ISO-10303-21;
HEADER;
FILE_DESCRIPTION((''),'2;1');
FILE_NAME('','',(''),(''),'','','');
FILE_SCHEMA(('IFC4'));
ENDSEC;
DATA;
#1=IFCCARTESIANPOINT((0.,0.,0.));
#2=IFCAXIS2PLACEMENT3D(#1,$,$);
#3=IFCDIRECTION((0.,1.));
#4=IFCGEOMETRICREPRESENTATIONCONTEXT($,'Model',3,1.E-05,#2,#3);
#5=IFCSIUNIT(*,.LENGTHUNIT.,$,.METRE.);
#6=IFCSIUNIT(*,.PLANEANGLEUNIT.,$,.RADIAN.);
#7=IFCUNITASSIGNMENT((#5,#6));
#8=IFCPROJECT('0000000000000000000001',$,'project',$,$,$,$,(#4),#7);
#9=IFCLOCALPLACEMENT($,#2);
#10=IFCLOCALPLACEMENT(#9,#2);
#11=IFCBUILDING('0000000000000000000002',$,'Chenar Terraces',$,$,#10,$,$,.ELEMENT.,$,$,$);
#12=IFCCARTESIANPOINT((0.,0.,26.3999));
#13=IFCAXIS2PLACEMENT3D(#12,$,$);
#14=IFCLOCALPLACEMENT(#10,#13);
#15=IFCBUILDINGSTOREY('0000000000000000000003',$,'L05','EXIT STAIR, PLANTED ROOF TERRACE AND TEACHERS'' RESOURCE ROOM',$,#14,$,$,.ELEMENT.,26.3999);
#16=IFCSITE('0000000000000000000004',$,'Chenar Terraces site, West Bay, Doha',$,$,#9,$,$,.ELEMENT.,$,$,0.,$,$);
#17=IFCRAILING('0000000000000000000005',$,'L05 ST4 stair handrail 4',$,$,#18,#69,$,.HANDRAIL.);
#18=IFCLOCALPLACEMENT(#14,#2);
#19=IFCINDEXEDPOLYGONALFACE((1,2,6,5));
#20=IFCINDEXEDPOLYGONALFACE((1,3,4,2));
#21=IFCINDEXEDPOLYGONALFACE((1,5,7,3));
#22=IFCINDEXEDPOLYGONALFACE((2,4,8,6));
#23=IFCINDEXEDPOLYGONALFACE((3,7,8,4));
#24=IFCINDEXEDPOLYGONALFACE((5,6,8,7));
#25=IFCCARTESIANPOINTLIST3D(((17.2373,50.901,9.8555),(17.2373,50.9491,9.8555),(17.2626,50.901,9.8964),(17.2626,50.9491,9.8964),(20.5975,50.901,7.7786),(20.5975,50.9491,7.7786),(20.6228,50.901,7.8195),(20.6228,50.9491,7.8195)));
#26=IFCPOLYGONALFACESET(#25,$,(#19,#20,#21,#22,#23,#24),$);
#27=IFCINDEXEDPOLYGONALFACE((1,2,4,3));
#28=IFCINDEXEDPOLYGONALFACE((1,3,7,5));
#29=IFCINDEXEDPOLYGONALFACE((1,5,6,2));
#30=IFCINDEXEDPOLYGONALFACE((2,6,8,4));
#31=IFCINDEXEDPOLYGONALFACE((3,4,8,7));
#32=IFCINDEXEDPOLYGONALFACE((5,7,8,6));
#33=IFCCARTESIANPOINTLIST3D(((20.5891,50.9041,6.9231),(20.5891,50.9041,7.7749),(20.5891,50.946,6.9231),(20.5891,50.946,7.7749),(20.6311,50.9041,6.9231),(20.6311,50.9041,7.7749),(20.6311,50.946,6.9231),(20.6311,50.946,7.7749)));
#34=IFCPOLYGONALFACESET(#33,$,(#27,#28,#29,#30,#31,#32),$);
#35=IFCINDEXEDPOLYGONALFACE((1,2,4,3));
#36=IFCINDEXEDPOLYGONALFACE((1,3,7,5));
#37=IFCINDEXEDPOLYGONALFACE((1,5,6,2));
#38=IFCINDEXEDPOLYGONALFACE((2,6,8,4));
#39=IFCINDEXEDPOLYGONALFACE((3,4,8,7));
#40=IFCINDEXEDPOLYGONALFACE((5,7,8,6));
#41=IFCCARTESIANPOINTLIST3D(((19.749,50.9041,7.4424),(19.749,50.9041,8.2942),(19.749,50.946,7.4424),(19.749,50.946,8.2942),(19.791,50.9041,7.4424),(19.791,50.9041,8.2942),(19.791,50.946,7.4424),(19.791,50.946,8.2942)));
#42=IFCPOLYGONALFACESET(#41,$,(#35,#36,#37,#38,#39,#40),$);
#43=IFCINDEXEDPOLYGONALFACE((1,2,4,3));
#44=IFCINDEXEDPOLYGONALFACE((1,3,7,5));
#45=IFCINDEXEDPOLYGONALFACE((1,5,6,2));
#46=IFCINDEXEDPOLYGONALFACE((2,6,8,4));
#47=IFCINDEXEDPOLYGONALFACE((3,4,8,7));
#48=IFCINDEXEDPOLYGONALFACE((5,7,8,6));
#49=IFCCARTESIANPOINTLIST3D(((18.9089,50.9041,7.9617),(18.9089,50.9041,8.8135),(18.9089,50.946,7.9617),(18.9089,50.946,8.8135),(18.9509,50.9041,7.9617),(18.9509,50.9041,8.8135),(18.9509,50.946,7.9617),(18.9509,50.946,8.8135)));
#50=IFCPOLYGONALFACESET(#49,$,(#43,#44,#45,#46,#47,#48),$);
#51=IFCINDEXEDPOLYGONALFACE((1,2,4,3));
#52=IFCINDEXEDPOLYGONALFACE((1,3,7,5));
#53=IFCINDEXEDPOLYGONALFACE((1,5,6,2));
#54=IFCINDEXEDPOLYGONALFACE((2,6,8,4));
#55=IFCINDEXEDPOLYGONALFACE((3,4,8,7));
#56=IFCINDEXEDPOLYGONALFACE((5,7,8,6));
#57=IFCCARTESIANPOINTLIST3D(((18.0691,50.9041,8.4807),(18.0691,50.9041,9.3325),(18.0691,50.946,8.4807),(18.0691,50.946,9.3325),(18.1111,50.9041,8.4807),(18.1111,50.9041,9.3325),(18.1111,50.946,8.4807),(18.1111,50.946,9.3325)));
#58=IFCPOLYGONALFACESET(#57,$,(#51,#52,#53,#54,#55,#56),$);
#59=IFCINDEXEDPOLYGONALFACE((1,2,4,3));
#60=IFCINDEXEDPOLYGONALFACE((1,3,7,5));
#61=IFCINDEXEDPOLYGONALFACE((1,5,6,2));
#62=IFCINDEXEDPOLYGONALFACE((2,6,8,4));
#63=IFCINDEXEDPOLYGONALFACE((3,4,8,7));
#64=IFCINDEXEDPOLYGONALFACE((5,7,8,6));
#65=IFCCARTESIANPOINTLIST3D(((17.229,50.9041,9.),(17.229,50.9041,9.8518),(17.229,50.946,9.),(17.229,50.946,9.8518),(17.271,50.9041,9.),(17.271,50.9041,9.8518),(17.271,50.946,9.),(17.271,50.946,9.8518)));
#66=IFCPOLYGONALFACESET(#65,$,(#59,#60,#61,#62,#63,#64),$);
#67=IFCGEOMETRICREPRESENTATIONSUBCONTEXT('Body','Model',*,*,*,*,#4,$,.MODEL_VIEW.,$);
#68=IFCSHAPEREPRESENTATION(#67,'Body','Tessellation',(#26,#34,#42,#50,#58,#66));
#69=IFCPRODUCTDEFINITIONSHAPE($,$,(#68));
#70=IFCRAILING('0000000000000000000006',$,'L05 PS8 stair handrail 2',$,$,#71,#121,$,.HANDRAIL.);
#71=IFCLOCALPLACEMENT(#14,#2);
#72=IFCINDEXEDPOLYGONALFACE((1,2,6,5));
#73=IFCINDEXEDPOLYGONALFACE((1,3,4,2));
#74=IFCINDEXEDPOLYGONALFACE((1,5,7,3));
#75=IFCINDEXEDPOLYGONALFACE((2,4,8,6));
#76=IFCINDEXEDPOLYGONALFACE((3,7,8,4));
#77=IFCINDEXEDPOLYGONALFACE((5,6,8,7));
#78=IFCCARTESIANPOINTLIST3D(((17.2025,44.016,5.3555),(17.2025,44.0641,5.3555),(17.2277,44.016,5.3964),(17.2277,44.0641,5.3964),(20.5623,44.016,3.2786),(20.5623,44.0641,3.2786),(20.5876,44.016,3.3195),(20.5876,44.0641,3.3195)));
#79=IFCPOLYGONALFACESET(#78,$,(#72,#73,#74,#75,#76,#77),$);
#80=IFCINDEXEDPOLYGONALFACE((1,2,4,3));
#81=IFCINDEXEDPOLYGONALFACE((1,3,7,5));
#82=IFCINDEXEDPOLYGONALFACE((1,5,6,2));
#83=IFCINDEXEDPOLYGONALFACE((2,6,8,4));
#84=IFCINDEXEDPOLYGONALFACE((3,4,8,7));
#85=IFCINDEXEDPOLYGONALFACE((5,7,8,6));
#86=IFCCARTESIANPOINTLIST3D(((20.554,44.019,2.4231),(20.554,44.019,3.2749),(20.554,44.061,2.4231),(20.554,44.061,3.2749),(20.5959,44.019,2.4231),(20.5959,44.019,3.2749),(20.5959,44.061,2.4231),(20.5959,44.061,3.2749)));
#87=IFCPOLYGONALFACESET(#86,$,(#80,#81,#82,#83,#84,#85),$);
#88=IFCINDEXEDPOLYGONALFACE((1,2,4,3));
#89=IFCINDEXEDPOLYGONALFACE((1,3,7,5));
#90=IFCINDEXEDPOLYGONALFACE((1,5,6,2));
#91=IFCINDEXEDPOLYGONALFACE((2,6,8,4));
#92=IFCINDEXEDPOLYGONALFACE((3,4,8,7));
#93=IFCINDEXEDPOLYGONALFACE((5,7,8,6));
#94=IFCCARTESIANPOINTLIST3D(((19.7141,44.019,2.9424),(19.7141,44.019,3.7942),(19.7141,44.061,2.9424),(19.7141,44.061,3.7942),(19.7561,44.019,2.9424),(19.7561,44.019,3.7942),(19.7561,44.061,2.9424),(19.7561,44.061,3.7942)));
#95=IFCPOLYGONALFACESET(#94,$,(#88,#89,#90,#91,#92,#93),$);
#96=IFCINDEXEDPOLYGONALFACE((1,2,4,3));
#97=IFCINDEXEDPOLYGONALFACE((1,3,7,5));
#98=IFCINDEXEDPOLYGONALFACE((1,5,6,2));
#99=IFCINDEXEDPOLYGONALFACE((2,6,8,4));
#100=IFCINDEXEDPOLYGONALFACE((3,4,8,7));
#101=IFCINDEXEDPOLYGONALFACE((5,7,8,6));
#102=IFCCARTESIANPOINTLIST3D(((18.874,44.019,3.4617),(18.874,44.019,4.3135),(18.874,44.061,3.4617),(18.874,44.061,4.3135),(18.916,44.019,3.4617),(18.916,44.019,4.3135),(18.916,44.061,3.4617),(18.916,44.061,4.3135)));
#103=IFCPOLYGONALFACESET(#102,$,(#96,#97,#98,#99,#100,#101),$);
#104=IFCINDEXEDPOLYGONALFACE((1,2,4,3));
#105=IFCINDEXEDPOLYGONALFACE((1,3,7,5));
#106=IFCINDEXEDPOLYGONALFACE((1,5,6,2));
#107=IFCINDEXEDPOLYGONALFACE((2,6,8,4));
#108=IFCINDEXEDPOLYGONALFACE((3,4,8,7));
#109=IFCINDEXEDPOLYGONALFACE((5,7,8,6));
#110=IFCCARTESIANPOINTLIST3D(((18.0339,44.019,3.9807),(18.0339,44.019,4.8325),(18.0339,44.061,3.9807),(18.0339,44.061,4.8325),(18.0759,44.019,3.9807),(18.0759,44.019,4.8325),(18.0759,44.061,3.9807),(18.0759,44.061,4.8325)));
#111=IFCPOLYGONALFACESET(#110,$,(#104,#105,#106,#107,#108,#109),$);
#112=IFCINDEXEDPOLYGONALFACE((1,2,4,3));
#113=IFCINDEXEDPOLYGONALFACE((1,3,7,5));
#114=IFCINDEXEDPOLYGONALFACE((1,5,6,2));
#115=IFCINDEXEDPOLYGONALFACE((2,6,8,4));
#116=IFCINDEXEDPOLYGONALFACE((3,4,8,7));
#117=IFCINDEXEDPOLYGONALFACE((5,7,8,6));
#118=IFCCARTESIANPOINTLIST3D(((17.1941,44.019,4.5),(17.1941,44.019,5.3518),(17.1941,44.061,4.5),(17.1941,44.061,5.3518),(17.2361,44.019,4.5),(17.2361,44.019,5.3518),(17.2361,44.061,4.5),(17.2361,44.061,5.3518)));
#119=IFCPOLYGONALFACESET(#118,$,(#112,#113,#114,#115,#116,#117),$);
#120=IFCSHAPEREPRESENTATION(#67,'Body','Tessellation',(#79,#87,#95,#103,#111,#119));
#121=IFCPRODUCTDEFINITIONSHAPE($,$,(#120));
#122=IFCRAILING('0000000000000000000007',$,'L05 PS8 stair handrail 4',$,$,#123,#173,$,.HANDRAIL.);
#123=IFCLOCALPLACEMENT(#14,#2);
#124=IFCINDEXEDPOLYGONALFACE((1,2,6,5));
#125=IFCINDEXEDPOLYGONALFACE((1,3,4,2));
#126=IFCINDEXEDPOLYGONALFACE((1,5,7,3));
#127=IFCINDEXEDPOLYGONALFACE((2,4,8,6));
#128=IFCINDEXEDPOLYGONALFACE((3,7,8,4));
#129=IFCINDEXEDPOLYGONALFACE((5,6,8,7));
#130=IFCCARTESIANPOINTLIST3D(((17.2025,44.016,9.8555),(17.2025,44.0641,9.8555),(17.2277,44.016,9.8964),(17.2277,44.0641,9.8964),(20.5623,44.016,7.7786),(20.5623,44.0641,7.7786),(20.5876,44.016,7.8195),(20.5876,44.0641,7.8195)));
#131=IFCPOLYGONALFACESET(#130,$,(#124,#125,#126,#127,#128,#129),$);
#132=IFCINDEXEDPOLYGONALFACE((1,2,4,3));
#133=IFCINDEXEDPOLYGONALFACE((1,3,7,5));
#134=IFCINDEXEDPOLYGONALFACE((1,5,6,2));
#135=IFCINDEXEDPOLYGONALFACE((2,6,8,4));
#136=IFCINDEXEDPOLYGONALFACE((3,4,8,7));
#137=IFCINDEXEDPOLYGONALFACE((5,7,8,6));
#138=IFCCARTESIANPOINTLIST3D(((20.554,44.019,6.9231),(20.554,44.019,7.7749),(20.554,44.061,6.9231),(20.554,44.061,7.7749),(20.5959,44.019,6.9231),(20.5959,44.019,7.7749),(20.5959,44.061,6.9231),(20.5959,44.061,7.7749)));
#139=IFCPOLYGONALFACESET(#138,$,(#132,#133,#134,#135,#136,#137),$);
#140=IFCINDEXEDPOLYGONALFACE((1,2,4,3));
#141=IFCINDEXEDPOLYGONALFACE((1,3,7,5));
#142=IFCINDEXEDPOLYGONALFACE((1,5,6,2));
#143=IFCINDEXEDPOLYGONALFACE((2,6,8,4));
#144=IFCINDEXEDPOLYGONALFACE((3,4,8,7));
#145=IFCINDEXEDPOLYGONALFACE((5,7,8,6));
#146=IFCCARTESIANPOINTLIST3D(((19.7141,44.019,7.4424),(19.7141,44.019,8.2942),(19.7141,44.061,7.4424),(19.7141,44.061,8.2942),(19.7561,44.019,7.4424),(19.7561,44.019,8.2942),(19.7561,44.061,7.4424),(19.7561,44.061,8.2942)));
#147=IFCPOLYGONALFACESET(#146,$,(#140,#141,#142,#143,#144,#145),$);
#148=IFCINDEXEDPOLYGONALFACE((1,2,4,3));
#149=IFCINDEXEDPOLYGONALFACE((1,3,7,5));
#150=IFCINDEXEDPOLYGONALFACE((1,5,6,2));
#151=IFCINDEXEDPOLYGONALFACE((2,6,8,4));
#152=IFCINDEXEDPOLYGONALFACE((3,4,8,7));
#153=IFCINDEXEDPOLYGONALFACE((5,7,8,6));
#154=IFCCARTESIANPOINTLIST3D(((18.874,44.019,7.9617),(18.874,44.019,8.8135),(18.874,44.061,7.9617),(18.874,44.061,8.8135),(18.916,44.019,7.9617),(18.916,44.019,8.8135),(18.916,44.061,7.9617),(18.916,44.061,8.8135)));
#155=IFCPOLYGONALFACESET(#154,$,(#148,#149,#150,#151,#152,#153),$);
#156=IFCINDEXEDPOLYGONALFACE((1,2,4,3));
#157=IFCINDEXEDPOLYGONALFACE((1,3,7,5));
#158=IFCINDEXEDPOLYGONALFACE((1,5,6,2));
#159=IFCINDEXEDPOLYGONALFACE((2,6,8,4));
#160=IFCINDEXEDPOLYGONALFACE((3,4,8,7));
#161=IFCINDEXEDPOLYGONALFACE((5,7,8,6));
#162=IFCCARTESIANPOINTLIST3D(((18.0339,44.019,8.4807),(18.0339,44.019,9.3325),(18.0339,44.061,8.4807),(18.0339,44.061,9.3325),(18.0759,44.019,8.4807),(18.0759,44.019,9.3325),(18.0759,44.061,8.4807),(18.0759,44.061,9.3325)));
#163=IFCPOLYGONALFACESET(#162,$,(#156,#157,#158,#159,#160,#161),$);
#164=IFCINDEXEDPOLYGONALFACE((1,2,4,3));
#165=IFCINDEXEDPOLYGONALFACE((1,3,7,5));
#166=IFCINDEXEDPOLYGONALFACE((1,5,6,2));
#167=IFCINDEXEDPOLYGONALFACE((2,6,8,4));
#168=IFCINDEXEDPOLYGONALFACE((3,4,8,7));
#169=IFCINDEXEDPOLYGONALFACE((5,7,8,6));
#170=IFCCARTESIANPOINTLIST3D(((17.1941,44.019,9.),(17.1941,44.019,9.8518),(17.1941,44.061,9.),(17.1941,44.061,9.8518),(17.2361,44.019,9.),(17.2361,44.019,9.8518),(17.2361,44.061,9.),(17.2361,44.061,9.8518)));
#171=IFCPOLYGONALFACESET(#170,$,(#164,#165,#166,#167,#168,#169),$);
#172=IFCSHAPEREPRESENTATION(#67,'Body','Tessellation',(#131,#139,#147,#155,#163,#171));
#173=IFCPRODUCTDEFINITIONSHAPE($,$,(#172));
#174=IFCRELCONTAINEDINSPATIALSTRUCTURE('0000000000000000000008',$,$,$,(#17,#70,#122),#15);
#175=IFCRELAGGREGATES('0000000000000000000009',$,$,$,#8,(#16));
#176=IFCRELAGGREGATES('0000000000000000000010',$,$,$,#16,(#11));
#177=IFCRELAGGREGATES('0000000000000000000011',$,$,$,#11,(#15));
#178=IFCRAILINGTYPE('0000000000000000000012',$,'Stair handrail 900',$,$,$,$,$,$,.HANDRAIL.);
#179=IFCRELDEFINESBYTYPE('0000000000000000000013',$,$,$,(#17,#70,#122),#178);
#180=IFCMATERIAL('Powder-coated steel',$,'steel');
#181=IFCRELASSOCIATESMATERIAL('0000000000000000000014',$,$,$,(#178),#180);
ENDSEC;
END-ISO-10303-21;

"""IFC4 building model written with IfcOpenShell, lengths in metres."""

from ifc_helpers import new_model, si_unit, direction, frame, origin, origin_2d, place, context, subcontext, project, spatial, rectangle, extrude, material, type_object, element, save


model = new_model("IFC4")

# Units and contexts
model_context = context("Model", 3, precision=1e-05, world=origin(), true_north=direction((0.0, 1.0)))
body_context = subcontext(model_context, "Body", "Model", "MODEL_VIEW")
ifc_project = project(units=[si_unit("LENGTHUNIT", "METRE"), si_unit("PLANEANGLEUNIT", "RADIAN")], contexts=[model_context])

# Site, building, storey
site_placement = place(None, origin())
site = spatial("IfcSite", under=ifc_project, at=site_placement, Name="Chenar Terraces site, West Bay, Doha", CompositionType="ELEMENT", RefElevation=0.0)
building_placement = place(site_placement, origin())
building = spatial("IfcBuilding", under=site, at=building_placement, Name="Chenar Terraces", CompositionType="ELEMENT")
storey_placement = place(building_placement, frame((0.0, 0.0, 26.3999)))
storey = spatial("IfcBuildingStorey", under=building, at=storey_placement, Name="L05", Description="EXIT STAIR, PLANTED ROOF TERRACE AND TEACHERS' RESOURCE ROOM", CompositionType="ELEMENT", Elevation=26.3999)

# Railings
ifc_material_1 = material(Name="Powder-coated steel", Category="steel")
railing_type_1 = type_object("IfcRailingType", Name="Stair handrail 900", PredefinedType="HANDRAIL", material=ifc_material_1)
railing_1_placement = place(storey_placement, frame((20.6101, 50.925, 6.9231)))
element("IfcRailing", 1, at=railing_1_placement, inside=storey, type_object=railing_type_1, Name="L05 ST4 stair handrail 4", PredefinedType="HANDRAIL", context=body_context, shape_type="SweptSolid", body=[
    extrude(rectangle(XDim=0.0481, YDim=0.0481, at=origin_2d()), frame((0.0, 0.0, 0.876), z_axis=(-0.850623, 0.0, 0.525776), x_axis=(0.0, -1.0, 0.0)), (0.0, 0.0, 1.0), 3.9502),
    extrude(rectangle(XDim=0.042, YDim=0.042, at=origin_2d()), origin(), (0.0, 0.0, 1.0), 0.8518),
    extrude(rectangle(XDim=0.042, YDim=0.042, at=origin_2d()), frame((-0.8401, 0.0, 0.5193)), (0.0, 0.0, 1.0), 0.8518),
    extrude(rectangle(XDim=0.042, YDim=0.042, at=origin_2d()), frame((-1.6802, 0.0, 1.0386)), (0.0, 0.0, 1.0), 0.8518),
    extrude(rectangle(XDim=0.042, YDim=0.042, at=origin_2d()), frame((-2.52, 0.0, 1.5576)), (0.0, 0.0, 1.0), 0.8518),
    extrude(rectangle(XDim=0.042, YDim=0.042, at=origin_2d()), frame((-3.3601, 0.0, 2.0769)), (0.0, 0.0, 1.0), 0.8518),
])
for number, where, name in (
    (2, (20.575, 44.04, 2.4231), "L05 PS8 stair handrail 2"),
    (3, (20.575, 44.04, 6.9231), "L05 PS8 stair handrail 4"),
):
    element("IfcRailing", number, at=place(storey_placement, frame(where)), inside=storey, type_object=railing_type_1, Name=name, PredefinedType="HANDRAIL", context=body_context, shape_type="SweptSolid", body=[
        extrude(rectangle(XDim=0.0481, YDim=0.0481, at=origin_2d()), frame((0.0, 0.0, 0.876), z_axis=(-0.850606, 0.0, 0.525803), x_axis=(0.0, -1.0, 0.0)), (0.0, 0.0, 1.0), 3.95),
        extrude(rectangle(XDim=0.042, YDim=0.042, at=origin_2d()), origin(), (0.0, 0.0, 1.0), 0.8518),
        extrude(rectangle(XDim=0.042, YDim=0.042, at=origin_2d()), frame((-0.8398, 0.0, 0.5193)), (0.0, 0.0, 1.0), 0.8518),
        extrude(rectangle(XDim=0.042, YDim=0.042, at=origin_2d()), frame((-1.6799, 0.0, 1.0386)), (0.0, 0.0, 1.0), 0.8518),
        extrude(rectangle(XDim=0.042, YDim=0.042, at=origin_2d()), frame((-2.52, 0.0, 1.5576)), (0.0, 0.0, 1.0), 0.8518),
        extrude(rectangle(XDim=0.042, YDim=0.042, at=origin_2d()), frame((-3.3599, 0.0, 2.0769)), (0.0, 0.0, 1.0), 0.8518),
    ])

save(model, "model.ifc")
